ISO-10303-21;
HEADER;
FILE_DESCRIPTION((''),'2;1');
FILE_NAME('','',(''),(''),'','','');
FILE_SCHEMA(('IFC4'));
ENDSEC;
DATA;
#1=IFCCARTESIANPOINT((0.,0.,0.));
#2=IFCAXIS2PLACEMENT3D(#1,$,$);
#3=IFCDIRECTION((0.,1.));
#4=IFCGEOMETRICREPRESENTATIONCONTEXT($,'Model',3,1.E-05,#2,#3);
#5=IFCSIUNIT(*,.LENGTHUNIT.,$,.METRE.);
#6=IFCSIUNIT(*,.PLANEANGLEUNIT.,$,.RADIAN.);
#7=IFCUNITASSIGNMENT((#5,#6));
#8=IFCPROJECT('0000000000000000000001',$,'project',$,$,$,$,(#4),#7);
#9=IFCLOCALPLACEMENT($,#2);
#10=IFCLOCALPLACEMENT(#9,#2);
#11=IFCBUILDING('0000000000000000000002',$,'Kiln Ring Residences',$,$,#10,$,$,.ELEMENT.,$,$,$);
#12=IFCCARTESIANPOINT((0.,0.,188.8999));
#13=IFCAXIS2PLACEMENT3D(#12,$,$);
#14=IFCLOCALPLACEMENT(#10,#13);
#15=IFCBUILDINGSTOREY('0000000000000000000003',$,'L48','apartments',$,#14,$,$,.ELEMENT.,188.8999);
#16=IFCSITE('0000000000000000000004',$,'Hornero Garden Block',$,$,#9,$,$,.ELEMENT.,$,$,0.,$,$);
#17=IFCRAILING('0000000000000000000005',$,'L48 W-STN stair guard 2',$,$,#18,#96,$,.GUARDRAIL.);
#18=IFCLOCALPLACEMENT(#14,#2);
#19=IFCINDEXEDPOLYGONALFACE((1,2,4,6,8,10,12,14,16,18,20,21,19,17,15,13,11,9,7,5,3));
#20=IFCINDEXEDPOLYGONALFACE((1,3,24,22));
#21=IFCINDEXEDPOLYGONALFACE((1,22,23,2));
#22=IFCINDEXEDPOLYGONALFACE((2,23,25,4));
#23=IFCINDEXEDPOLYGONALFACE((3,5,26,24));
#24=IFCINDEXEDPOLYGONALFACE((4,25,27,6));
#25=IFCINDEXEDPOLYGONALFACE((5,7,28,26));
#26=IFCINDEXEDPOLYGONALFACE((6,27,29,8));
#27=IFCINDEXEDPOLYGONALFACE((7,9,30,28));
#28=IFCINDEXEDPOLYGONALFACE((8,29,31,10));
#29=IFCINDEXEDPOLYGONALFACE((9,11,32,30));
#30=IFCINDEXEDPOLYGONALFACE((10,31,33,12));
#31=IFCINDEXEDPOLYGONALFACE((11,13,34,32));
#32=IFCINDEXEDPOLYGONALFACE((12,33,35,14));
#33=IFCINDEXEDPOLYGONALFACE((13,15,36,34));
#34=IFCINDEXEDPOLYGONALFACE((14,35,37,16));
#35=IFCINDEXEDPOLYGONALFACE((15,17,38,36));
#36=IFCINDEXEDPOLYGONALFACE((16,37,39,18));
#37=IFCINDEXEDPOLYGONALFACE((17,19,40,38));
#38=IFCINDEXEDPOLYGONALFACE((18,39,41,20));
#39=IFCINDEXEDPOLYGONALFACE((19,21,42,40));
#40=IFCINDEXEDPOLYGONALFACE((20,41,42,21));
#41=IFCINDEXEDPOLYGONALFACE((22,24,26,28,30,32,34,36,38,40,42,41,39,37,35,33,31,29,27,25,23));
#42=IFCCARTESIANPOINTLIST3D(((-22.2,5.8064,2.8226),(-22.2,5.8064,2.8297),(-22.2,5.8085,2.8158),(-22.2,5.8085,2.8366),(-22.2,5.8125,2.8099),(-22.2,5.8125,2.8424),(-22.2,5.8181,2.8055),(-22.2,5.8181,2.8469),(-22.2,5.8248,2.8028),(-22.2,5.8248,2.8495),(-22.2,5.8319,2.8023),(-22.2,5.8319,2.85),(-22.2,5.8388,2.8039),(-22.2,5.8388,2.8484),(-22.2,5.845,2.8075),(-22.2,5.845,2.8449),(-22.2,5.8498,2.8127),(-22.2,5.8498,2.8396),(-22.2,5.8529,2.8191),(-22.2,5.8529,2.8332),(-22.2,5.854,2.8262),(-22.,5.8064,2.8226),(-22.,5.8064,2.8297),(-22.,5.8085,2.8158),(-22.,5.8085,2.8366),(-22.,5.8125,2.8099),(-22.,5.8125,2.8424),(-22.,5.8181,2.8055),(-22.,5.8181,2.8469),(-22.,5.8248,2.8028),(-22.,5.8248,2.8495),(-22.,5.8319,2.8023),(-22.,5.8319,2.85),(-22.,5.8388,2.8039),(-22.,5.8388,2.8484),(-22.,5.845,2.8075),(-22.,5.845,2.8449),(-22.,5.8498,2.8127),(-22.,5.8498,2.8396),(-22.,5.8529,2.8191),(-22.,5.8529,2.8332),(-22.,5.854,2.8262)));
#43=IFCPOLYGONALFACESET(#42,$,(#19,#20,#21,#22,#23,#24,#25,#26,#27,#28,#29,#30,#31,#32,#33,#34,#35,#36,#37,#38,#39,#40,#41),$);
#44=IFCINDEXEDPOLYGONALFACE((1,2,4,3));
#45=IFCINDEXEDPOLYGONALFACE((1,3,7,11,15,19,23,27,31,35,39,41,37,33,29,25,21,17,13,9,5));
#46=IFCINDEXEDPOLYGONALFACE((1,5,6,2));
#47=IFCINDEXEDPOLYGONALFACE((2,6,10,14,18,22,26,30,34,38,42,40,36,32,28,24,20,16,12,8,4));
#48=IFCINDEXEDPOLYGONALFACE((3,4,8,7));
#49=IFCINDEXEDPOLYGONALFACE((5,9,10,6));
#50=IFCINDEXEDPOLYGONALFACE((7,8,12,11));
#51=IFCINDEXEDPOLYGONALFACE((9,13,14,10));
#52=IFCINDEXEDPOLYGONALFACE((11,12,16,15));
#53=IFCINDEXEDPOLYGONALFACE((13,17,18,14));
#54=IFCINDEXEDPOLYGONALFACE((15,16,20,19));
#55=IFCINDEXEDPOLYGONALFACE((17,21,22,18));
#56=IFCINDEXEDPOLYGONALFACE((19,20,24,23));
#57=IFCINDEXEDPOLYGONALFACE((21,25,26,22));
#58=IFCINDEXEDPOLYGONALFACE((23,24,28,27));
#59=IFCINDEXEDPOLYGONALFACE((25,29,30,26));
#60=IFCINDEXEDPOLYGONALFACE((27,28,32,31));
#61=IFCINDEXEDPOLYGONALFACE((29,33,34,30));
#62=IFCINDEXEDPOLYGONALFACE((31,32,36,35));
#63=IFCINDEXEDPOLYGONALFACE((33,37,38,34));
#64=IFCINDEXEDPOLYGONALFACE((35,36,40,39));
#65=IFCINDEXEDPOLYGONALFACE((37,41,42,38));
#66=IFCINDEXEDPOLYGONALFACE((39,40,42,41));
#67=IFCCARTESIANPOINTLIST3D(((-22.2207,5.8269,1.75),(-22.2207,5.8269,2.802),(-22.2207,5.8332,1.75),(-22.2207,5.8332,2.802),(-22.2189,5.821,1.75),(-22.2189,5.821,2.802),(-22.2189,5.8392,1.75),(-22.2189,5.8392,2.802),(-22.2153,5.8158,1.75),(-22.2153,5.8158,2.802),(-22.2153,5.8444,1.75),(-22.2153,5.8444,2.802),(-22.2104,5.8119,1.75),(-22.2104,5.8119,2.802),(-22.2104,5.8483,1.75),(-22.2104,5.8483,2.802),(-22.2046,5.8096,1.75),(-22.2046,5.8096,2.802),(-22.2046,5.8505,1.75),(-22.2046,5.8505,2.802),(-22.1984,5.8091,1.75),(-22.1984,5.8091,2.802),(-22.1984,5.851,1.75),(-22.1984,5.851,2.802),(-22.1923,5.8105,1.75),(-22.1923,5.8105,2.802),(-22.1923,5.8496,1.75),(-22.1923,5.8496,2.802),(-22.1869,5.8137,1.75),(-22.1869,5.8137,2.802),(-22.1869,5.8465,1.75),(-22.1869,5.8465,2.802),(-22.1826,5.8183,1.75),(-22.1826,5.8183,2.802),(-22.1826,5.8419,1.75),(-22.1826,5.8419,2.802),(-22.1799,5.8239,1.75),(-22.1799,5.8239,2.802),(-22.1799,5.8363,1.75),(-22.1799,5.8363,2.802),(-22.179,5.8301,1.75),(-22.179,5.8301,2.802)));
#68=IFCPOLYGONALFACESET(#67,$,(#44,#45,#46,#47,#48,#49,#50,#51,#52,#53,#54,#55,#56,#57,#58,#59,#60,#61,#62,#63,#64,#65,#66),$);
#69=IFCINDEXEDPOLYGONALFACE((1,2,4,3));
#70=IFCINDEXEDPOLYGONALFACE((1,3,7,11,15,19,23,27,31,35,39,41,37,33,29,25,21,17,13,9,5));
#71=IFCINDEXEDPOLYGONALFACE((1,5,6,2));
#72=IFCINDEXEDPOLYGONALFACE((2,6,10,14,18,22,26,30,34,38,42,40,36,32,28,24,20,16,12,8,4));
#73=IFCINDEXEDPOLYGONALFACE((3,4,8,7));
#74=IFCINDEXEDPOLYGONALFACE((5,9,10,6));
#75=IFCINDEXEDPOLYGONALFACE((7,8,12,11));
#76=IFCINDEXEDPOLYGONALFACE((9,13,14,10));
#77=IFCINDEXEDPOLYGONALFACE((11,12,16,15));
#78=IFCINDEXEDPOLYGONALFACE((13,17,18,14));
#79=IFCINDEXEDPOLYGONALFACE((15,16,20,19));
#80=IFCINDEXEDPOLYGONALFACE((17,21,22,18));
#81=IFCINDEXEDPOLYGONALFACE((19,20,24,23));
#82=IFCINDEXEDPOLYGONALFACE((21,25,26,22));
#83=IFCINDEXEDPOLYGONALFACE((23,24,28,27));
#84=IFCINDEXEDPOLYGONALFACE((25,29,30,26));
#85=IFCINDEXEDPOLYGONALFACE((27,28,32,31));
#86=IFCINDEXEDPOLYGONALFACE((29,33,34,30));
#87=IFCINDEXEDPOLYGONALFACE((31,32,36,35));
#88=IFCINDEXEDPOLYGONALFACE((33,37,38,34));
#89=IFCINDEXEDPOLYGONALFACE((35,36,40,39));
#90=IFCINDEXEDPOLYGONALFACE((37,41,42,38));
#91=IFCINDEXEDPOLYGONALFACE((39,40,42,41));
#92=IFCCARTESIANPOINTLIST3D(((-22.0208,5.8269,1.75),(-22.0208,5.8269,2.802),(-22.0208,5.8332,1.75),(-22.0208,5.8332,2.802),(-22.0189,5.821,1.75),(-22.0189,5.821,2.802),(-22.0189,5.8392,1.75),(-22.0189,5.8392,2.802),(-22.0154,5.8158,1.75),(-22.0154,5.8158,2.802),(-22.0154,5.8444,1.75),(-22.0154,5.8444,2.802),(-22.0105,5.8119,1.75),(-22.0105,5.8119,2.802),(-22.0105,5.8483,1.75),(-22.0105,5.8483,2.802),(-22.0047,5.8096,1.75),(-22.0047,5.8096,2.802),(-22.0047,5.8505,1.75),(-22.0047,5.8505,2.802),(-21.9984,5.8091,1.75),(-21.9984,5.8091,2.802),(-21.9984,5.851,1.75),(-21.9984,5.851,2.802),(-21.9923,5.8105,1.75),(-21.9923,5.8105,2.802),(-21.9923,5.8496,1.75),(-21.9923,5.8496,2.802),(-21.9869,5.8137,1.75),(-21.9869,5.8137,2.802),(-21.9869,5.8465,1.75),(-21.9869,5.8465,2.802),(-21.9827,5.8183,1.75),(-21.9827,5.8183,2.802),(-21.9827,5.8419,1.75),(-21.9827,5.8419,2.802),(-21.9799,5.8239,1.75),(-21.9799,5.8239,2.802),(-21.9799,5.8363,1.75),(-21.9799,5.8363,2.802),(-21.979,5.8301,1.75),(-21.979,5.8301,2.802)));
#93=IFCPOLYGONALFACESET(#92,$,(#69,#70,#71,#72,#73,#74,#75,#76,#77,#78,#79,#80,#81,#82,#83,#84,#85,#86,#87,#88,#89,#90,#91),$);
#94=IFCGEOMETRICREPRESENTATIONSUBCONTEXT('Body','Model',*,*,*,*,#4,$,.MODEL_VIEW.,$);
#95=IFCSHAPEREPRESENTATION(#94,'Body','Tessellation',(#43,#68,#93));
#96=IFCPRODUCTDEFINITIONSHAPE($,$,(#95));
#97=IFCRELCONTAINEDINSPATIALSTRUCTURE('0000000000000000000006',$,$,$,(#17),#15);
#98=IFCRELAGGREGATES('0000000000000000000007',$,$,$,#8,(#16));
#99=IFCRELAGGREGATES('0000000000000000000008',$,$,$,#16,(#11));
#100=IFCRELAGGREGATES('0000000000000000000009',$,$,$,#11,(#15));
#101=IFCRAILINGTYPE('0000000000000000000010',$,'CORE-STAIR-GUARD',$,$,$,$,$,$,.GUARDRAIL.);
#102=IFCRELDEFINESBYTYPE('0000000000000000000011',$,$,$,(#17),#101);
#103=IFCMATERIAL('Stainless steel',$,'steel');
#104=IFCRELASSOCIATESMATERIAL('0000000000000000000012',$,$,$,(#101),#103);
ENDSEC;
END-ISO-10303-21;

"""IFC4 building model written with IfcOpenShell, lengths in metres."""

from ifc_helpers import new_model, si_unit, direction, frame, origin, origin_2d, place, context, subcontext, project, spatial, circle, extrude, material, type_object, element, save


model = new_model("IFC4")

# Units and contexts
model_context = context("Model", 3, precision=1e-05, world=origin(), true_north=direction((0.0, 1.0)))
body_context = subcontext(model_context, "Body", "Model", "MODEL_VIEW")
ifc_project = project(units=[si_unit("LENGTHUNIT", "METRE"), si_unit("PLANEANGLEUNIT", "RADIAN")], contexts=[model_context])

# Site, building, storey
site_placement = place(None, origin())
site = spatial("IfcSite", under=ifc_project, at=site_placement, Name="Hornero Garden Block", CompositionType="ELEMENT", RefElevation=0.0)
building_placement = place(site_placement, origin())
building = spatial("IfcBuilding", under=site, at=building_placement, Name="Kiln Ring Residences", CompositionType="ELEMENT")
storey_placement = place(building_placement, frame((0.0, 0.0, 188.8999)))
storey = spatial("IfcBuildingStorey", under=building, at=storey_placement, Name="L48", Description="apartments", CompositionType="ELEMENT", Elevation=188.8999)

# Railing
ifc_material_1 = material(Name="Stainless steel", Category="steel")
railing_type_1 = type_object("IfcRailingType", Name="CORE-STAIR-GUARD", PredefinedType="GUARDRAIL", material=ifc_material_1)
railing_1_placement = place(storey_placement, frame((-22.2, 5.8301, 1.75)))
element("IfcRailing", 1, at=railing_1_placement, inside=storey, type_object=railing_type_1, Name="L48 W-STN stair guard 2", PredefinedType="GUARDRAIL", context=body_context, shape_type="SweptSolid", body=[
    extrude(circle(Radius=0.0239, at=origin_2d()), frame((0.0, 0.0, 1.0762), z_axis=(1.0, 0.0, 0.0), x_axis=(0.0, 1.0, 0.0)), (0.0, 0.0, 1.0), 0.2),
    extrude(circle(Radius=0.021, at=origin_2d()), origin(), (0.0, 0.0, 1.0), 1.052),
    extrude(circle(Radius=0.021, at=origin_2d()), frame((0.2, 0.0, 0.0)), (0.0, 0.0, 1.0), 1.052),
])

save(model, "model.ifc")
